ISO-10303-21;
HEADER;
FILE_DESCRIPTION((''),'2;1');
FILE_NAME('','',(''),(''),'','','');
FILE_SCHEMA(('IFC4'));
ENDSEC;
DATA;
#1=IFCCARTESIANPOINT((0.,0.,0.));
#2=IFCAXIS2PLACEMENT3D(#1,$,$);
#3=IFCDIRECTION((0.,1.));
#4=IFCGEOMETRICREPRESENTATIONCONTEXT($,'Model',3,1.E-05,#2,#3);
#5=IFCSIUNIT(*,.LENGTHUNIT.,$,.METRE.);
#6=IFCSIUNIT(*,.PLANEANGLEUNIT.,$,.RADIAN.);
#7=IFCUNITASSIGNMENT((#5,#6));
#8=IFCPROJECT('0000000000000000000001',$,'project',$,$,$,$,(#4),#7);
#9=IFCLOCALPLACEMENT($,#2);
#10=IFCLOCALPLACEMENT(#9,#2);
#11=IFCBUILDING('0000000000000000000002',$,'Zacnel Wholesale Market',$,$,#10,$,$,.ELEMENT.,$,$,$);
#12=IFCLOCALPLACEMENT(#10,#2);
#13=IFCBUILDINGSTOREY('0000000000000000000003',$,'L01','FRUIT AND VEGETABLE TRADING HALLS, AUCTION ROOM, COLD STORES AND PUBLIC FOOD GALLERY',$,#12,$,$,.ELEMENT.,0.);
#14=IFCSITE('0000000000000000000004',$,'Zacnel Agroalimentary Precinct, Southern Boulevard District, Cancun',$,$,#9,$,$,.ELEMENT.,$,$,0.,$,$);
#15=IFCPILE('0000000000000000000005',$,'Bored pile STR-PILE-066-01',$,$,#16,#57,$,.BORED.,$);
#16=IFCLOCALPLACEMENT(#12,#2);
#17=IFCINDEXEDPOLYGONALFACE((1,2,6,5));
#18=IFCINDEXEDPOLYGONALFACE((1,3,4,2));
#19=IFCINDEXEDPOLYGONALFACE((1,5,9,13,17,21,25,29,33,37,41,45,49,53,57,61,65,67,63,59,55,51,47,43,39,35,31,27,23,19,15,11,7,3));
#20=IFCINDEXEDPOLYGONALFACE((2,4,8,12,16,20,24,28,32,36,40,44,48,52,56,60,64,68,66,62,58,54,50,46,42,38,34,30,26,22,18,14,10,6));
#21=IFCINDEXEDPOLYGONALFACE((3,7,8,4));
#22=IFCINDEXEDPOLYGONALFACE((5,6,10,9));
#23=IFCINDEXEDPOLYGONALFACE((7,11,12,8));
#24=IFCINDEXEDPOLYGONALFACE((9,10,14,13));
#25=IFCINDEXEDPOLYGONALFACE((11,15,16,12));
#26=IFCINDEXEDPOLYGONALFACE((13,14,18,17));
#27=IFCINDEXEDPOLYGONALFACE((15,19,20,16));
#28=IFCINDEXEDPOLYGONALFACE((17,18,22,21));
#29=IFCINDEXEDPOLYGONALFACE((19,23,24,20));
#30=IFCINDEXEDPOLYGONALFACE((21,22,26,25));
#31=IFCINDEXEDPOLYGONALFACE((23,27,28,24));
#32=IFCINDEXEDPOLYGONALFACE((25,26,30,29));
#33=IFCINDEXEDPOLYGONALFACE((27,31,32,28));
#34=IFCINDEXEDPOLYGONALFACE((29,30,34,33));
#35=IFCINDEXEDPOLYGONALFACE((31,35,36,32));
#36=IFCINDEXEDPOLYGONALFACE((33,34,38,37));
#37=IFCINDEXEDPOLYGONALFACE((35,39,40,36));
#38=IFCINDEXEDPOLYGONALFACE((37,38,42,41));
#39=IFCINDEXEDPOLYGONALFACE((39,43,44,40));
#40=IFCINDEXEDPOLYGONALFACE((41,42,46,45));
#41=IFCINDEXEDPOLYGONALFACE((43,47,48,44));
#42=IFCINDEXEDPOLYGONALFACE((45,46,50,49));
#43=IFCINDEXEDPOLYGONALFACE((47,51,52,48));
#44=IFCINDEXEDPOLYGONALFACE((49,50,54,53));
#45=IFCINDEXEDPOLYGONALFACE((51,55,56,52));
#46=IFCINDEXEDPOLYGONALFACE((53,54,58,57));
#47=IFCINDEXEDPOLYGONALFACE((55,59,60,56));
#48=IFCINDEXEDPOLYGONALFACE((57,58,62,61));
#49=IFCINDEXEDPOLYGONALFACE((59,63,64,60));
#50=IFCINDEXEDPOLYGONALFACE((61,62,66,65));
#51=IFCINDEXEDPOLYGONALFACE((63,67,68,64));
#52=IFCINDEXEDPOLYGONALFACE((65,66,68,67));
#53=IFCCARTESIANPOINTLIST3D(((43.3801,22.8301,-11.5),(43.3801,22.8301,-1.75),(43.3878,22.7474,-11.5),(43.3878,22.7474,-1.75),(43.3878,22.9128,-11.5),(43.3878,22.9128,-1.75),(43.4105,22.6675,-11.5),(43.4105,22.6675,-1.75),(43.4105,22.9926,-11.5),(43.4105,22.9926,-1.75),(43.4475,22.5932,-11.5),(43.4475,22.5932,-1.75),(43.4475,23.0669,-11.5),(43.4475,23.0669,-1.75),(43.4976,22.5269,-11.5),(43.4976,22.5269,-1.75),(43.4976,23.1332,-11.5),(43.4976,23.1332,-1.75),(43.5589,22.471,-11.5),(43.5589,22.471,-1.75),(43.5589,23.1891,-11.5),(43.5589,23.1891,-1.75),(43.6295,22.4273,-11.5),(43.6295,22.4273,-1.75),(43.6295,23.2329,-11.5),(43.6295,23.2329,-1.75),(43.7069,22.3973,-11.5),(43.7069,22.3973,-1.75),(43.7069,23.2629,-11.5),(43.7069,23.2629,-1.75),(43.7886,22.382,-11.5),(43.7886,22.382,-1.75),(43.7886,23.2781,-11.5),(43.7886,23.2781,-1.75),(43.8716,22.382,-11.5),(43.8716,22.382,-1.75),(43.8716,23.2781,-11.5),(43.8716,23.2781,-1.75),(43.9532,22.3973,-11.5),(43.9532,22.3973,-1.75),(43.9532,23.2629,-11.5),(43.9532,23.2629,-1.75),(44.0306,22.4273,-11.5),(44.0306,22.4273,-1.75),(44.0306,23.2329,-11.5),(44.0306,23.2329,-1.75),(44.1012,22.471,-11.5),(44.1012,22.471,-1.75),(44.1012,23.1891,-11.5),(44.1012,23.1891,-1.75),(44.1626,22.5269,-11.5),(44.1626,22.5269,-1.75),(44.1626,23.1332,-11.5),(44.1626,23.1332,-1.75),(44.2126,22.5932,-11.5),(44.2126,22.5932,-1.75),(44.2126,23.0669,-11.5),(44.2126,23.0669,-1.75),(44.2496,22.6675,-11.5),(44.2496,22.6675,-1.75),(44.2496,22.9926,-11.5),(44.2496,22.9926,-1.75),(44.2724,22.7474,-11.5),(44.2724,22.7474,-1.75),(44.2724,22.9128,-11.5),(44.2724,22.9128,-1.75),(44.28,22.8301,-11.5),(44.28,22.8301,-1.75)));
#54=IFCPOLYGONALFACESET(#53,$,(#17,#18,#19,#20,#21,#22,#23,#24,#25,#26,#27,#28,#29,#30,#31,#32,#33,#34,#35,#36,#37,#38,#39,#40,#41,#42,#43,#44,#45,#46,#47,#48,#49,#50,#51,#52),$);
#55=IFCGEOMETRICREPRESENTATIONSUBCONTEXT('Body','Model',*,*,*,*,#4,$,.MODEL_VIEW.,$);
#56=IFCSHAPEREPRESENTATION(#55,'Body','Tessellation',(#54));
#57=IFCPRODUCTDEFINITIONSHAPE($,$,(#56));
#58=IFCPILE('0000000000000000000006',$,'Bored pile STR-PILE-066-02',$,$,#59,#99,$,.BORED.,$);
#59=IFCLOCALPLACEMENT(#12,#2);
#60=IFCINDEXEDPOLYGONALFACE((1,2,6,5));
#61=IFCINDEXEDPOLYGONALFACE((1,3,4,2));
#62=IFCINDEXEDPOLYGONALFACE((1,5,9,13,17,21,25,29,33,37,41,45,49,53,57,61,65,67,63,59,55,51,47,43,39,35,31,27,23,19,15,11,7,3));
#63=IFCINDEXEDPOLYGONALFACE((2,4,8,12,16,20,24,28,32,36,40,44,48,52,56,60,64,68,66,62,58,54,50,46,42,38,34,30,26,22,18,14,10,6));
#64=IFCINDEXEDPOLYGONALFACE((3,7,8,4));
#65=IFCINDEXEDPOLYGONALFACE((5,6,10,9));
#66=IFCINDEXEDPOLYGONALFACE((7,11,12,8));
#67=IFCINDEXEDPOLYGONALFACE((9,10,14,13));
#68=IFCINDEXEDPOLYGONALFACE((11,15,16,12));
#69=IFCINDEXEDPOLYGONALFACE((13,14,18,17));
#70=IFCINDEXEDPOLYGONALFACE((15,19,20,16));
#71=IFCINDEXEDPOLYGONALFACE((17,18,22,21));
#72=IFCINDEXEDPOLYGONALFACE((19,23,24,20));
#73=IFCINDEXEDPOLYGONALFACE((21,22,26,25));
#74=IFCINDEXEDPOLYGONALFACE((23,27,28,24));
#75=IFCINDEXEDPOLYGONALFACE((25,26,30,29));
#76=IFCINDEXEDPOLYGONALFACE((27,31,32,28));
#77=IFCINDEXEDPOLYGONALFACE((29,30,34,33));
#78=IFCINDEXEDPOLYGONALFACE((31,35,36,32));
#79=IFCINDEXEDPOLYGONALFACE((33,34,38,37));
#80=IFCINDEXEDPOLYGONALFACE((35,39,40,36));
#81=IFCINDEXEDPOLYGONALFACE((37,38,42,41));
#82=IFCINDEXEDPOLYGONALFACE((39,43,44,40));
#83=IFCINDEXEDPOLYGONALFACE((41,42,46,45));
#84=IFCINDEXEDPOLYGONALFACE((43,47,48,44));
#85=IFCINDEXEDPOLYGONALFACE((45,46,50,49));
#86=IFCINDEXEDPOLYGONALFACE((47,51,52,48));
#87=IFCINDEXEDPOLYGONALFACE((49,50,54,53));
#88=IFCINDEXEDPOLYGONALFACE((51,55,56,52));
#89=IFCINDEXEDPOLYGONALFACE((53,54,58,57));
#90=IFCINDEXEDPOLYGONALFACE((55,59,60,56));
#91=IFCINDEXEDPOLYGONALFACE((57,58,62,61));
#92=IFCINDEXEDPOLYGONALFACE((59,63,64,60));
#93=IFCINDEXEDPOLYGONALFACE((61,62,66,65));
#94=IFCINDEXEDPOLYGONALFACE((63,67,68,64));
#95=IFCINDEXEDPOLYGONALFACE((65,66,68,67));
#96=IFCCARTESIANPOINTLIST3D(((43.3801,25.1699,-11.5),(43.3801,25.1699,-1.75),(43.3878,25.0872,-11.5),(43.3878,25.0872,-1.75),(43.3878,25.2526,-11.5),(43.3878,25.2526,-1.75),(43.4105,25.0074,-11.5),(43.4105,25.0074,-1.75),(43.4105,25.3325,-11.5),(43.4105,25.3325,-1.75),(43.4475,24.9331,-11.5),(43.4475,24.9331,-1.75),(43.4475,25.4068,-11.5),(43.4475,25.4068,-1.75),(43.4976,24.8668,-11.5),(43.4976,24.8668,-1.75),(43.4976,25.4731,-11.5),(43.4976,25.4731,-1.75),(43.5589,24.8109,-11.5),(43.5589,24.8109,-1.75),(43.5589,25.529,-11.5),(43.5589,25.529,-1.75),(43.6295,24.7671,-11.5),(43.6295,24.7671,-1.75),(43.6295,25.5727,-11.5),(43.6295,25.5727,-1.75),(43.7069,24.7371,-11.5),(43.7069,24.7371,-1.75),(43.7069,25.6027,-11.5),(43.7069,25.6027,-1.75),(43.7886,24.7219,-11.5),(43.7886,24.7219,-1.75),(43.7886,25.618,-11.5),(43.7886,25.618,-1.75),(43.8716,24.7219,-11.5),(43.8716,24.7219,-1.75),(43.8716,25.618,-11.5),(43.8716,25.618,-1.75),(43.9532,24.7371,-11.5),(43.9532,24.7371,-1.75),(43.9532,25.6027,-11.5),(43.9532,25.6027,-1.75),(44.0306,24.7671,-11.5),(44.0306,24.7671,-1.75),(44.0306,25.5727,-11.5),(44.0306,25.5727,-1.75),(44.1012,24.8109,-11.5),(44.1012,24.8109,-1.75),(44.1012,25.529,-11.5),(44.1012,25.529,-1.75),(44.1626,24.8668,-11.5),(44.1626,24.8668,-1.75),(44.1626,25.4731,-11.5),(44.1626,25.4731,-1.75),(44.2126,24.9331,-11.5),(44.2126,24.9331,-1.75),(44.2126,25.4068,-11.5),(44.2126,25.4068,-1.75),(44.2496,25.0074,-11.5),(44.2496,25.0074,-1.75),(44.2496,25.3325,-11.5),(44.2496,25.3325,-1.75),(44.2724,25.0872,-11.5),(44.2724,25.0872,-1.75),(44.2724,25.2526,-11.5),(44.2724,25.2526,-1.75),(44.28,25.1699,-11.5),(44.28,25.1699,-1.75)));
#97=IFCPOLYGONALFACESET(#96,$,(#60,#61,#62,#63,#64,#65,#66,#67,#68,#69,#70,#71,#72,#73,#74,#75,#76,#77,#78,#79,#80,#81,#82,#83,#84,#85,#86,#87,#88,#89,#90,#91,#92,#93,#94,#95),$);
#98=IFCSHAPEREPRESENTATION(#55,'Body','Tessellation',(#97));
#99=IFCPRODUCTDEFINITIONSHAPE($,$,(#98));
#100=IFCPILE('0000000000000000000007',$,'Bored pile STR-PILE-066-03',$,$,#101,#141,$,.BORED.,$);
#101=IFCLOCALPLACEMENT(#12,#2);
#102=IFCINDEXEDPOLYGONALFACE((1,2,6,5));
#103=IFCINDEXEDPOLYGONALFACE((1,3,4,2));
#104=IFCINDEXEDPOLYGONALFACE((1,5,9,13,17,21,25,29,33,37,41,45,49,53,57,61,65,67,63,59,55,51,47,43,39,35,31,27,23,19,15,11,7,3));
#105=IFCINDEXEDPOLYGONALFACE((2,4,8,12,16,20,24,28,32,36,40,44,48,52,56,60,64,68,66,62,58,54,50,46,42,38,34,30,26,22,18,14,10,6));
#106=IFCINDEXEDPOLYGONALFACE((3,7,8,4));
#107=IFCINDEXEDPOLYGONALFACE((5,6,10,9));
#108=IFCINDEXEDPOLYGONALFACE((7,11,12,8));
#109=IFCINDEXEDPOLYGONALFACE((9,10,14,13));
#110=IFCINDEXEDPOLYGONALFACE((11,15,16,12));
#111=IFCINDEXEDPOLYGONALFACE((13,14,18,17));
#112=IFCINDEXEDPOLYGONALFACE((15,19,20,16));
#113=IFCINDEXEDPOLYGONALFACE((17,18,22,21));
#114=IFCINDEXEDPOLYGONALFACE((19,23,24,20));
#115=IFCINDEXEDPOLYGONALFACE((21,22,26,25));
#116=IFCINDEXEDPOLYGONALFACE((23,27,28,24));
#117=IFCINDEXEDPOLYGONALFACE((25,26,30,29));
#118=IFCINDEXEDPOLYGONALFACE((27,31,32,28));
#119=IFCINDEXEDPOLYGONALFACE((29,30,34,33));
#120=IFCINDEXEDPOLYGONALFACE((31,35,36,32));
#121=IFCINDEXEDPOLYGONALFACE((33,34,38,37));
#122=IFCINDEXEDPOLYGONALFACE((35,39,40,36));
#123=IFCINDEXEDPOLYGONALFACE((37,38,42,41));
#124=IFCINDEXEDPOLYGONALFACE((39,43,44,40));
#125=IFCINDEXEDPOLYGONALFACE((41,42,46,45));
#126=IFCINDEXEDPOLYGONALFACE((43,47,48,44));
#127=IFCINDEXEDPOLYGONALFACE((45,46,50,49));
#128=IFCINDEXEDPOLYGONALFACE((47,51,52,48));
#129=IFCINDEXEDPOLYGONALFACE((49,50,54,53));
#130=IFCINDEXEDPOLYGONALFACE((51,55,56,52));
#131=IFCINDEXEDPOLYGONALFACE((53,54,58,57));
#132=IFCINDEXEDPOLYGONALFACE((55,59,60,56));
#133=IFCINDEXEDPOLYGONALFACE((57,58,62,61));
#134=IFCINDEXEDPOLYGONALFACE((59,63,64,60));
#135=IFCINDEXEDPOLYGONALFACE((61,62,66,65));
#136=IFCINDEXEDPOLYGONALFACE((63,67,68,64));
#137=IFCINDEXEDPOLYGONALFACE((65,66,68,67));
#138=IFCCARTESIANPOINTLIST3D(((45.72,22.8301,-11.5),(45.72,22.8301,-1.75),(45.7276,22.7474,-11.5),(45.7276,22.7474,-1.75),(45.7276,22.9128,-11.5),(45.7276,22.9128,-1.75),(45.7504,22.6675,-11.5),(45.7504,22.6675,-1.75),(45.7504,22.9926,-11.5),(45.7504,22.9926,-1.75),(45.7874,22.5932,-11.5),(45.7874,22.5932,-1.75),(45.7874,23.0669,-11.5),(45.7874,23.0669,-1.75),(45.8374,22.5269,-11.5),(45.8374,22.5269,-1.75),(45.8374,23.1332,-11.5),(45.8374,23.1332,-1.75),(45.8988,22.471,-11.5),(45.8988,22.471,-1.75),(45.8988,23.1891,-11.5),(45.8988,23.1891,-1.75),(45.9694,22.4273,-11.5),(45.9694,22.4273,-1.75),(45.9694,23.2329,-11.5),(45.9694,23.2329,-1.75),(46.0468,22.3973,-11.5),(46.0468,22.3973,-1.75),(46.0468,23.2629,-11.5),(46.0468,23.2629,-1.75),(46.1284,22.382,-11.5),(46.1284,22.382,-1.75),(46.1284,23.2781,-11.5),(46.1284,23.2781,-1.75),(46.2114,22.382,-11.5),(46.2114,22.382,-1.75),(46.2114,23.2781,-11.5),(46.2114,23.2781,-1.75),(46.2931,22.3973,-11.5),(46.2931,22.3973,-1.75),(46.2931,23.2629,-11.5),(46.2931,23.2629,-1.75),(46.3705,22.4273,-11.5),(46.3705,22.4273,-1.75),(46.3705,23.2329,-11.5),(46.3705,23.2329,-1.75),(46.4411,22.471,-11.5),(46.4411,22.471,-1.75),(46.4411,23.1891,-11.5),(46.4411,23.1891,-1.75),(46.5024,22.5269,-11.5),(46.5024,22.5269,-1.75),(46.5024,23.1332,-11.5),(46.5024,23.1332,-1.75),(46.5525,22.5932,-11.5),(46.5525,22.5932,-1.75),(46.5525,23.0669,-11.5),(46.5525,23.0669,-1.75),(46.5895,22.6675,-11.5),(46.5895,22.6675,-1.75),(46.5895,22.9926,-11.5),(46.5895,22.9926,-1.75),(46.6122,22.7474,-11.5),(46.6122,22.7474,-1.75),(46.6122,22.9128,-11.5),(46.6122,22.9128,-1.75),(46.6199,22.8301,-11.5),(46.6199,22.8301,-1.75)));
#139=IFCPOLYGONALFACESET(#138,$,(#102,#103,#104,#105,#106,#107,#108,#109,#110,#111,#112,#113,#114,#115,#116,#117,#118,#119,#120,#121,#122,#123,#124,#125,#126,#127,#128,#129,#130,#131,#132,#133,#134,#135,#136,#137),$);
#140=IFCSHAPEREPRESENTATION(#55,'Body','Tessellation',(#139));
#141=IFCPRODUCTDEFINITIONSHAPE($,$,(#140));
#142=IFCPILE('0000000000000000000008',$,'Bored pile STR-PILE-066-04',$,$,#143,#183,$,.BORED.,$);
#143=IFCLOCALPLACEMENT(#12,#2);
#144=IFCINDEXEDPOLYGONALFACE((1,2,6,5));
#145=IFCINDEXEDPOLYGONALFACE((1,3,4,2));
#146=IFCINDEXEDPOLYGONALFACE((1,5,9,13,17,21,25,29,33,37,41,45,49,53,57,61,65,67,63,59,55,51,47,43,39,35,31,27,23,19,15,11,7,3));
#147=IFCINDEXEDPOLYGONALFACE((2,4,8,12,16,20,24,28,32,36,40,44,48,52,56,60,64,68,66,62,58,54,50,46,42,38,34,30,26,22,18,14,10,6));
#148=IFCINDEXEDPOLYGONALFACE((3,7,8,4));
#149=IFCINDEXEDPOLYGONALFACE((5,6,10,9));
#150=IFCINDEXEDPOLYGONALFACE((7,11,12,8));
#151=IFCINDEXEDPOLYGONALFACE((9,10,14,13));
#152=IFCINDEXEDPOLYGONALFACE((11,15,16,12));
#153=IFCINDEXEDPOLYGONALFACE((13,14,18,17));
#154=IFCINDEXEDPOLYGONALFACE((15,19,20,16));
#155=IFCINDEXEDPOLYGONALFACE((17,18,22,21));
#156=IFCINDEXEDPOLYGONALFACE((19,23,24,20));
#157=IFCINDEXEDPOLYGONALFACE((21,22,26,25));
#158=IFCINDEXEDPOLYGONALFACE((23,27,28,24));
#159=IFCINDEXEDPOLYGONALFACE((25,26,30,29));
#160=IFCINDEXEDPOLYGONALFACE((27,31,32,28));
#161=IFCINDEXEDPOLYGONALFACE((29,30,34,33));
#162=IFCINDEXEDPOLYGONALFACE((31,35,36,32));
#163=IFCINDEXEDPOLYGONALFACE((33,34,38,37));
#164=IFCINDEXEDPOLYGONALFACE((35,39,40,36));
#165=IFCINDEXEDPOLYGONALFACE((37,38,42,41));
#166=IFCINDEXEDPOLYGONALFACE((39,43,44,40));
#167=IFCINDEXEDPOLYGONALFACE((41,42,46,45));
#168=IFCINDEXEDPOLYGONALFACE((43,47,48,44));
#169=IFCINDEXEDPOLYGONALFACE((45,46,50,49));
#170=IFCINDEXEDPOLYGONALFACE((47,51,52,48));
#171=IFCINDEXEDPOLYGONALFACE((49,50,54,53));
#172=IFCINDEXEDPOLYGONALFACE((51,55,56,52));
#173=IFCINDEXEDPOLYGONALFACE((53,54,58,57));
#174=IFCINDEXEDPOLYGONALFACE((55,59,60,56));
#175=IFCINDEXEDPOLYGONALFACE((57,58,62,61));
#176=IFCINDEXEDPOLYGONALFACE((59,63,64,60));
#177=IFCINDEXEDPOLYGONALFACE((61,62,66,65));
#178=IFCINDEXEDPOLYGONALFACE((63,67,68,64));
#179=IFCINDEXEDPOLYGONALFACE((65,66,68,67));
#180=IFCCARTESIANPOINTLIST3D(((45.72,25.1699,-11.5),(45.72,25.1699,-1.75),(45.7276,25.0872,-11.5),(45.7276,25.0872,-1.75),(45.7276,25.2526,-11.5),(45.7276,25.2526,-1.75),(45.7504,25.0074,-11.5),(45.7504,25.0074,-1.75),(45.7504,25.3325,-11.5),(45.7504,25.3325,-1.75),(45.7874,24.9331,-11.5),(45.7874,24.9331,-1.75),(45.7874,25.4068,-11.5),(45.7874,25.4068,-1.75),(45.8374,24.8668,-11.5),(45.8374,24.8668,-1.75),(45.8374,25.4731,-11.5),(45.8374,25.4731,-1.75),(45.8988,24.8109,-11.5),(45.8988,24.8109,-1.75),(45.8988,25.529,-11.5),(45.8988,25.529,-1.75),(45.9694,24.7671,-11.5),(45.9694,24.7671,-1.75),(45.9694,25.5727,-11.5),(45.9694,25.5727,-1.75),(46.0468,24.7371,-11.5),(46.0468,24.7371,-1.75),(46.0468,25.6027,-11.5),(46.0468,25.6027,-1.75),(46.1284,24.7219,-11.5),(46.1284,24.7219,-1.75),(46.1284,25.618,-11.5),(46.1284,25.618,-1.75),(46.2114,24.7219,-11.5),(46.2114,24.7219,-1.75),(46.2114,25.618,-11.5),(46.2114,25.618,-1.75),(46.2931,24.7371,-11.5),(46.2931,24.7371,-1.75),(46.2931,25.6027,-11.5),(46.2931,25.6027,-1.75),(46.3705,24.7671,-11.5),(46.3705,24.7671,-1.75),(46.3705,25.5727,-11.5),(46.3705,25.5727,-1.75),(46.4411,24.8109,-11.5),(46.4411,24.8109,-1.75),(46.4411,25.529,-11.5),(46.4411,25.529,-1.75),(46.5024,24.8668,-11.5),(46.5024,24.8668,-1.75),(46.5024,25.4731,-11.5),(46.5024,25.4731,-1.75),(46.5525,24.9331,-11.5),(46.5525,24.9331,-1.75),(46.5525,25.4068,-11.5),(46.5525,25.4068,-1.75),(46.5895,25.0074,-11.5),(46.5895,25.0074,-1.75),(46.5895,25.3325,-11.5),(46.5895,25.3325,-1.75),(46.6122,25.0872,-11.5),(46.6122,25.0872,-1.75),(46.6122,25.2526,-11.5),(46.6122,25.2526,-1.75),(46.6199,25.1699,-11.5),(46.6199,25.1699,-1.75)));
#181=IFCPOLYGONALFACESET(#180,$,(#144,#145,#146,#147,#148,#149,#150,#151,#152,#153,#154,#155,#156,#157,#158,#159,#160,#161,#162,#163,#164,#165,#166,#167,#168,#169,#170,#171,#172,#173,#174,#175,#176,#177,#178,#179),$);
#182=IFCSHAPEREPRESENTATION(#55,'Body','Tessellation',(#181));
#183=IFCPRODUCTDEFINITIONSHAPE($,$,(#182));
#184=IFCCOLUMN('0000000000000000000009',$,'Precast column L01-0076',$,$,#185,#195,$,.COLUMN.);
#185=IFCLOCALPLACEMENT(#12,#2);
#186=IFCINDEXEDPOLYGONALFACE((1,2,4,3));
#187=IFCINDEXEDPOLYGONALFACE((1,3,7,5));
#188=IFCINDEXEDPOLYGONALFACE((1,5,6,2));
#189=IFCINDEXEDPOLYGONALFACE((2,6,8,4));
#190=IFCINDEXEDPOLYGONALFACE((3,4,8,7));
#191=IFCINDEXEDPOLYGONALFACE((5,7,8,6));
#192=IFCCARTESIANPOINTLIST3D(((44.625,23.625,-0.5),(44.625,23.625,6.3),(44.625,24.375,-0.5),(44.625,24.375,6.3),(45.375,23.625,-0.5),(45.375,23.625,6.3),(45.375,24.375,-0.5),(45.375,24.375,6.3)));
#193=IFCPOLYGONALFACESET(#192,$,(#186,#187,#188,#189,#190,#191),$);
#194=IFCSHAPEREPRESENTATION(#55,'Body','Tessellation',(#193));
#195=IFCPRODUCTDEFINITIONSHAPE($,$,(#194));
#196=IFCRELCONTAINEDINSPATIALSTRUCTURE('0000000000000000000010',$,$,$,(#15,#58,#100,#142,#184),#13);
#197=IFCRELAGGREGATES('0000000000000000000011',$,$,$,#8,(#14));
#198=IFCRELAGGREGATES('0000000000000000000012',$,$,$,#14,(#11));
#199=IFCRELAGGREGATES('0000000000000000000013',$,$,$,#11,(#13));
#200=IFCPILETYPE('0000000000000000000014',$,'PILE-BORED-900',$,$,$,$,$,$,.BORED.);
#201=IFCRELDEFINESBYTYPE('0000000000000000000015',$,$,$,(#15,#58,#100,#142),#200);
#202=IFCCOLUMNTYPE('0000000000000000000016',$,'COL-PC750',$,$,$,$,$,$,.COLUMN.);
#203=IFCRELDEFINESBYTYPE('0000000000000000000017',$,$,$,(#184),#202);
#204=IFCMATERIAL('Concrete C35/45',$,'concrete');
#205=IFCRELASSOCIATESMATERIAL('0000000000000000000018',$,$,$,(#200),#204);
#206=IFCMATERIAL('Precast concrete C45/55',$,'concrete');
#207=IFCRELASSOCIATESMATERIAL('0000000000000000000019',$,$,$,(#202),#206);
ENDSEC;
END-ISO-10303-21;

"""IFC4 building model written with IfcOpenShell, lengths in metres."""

from ifc_helpers import new_model, si_unit, direction, frame, origin, origin_2d, place, context, subcontext, project, spatial, rectangle, circle, extrude, material, material_profile, profile_set, type_object, element, save


model = new_model("IFC4")

# Units and contexts
model_context = context("Model", 3, precision=1e-05, world=origin(), true_north=direction((0.0, 1.0)))
body_context = subcontext(model_context, "Body", "Model", "MODEL_VIEW")
ifc_project = project(units=[si_unit("LENGTHUNIT", "METRE"), si_unit("PLANEANGLEUNIT", "RADIAN")], contexts=[model_context])

# Site, building, storey
site_placement = place(None, origin())
site = spatial("IfcSite", under=ifc_project, at=site_placement, Name="Zacnel Agroalimentary Precinct, Southern Boulevard District, Cancun", CompositionType="ELEMENT", RefElevation=0.0)
building_placement = place(site_placement, origin())
building = spatial("IfcBuilding", under=site, at=building_placement, Name="Zacnel Wholesale Market", CompositionType="ELEMENT")
storey_placement = place(building_placement, origin())
storey = spatial("IfcBuildingStorey", under=building, at=storey_placement, Name="L01", Description="FRUIT AND VEGETABLE TRADING HALLS, AUCTION ROOM, COLD STORES AND PUBLIC FOOD GALLERY", CompositionType="ELEMENT", Elevation=0.0)

# Piles
ifc_material_1 = material(Name="Concrete C35/45", Category="concrete")
ifc_material_profile_1 = material_profile(ifc_material_1, circle(Radius=0.45, at=origin_2d()), Name="BORED PILE D900")
ifc_profile_set_1 = profile_set([ifc_material_profile_1], Name="Concrete C35/45")
pile_type_1 = type_object("IfcPileType", Name="PILE-BORED-900", PredefinedType="BORED", material=ifc_profile_set_1)
for number, where, z_axis, x_axis, name in (
    (1, (43.8301, 22.8301, -1.75), (0.0, 0.0, -1.0), (1.0, 0.0, 0.0), "Bored pile STR-PILE-066-01"),
    (2, (43.8301, 25.1699, -1.75), (0.0, 0.0, -1.0), (1.0, 0.0, 0.0), "Bored pile STR-PILE-066-02"),
    (3, (46.1699, 22.8301, -1.75), (0.0, 0.0, -1.0), (1.0, 0.0, 0.0), "Bored pile STR-PILE-066-03"),
    (4, (46.1699, 25.1699, -1.75), (0.0, 0.0, -1.0), (1.0, 0.0, 0.0), "Bored pile STR-PILE-066-04"),
):
    element("IfcPile", number, at=place(storey_placement, frame(where, z_axis=z_axis, x_axis=x_axis)), inside=storey, type_object=pile_type_1, Name=name, PredefinedType="BORED", context=body_context, shape_type="SweptSolid", body=[
        extrude(circle(Radius=0.45, at=origin_2d()), origin(), (0.0, 0.0, 1.0), 9.75),
    ])

# Column
ifc_material_2 = material(Name="Precast concrete C45/55", Category="concrete")
ifc_material_profile_2 = material_profile(ifc_material_2, rectangle(XDim=0.75, YDim=0.75, at=origin_2d()), Name="PC 750x750")
ifc_profile_set_2 = profile_set([ifc_material_profile_2], Name="Precast concrete C45/55")
column_type = type_object("IfcColumnType", Name="COL-PC750", PredefinedType="COLUMN", material=ifc_profile_set_2)
column_placement = place(storey_placement, frame((45.0, 24.0, -0.5), z_axis=(0.0, 0.0, 1.0), x_axis=(1.0, 0.0, 0.0)))
element("IfcColumn", 5, at=column_placement, inside=storey, type_object=column_type, Name="Precast column L01-0076", PredefinedType="COLUMN", context=body_context, shape_type="SweptSolid", body=[
    extrude(rectangle(XDim=0.75, YDim=0.75, at=origin_2d()), origin(), (0.0, 0.0, 1.0), 6.8),
])

save(model, "model.ifc")
